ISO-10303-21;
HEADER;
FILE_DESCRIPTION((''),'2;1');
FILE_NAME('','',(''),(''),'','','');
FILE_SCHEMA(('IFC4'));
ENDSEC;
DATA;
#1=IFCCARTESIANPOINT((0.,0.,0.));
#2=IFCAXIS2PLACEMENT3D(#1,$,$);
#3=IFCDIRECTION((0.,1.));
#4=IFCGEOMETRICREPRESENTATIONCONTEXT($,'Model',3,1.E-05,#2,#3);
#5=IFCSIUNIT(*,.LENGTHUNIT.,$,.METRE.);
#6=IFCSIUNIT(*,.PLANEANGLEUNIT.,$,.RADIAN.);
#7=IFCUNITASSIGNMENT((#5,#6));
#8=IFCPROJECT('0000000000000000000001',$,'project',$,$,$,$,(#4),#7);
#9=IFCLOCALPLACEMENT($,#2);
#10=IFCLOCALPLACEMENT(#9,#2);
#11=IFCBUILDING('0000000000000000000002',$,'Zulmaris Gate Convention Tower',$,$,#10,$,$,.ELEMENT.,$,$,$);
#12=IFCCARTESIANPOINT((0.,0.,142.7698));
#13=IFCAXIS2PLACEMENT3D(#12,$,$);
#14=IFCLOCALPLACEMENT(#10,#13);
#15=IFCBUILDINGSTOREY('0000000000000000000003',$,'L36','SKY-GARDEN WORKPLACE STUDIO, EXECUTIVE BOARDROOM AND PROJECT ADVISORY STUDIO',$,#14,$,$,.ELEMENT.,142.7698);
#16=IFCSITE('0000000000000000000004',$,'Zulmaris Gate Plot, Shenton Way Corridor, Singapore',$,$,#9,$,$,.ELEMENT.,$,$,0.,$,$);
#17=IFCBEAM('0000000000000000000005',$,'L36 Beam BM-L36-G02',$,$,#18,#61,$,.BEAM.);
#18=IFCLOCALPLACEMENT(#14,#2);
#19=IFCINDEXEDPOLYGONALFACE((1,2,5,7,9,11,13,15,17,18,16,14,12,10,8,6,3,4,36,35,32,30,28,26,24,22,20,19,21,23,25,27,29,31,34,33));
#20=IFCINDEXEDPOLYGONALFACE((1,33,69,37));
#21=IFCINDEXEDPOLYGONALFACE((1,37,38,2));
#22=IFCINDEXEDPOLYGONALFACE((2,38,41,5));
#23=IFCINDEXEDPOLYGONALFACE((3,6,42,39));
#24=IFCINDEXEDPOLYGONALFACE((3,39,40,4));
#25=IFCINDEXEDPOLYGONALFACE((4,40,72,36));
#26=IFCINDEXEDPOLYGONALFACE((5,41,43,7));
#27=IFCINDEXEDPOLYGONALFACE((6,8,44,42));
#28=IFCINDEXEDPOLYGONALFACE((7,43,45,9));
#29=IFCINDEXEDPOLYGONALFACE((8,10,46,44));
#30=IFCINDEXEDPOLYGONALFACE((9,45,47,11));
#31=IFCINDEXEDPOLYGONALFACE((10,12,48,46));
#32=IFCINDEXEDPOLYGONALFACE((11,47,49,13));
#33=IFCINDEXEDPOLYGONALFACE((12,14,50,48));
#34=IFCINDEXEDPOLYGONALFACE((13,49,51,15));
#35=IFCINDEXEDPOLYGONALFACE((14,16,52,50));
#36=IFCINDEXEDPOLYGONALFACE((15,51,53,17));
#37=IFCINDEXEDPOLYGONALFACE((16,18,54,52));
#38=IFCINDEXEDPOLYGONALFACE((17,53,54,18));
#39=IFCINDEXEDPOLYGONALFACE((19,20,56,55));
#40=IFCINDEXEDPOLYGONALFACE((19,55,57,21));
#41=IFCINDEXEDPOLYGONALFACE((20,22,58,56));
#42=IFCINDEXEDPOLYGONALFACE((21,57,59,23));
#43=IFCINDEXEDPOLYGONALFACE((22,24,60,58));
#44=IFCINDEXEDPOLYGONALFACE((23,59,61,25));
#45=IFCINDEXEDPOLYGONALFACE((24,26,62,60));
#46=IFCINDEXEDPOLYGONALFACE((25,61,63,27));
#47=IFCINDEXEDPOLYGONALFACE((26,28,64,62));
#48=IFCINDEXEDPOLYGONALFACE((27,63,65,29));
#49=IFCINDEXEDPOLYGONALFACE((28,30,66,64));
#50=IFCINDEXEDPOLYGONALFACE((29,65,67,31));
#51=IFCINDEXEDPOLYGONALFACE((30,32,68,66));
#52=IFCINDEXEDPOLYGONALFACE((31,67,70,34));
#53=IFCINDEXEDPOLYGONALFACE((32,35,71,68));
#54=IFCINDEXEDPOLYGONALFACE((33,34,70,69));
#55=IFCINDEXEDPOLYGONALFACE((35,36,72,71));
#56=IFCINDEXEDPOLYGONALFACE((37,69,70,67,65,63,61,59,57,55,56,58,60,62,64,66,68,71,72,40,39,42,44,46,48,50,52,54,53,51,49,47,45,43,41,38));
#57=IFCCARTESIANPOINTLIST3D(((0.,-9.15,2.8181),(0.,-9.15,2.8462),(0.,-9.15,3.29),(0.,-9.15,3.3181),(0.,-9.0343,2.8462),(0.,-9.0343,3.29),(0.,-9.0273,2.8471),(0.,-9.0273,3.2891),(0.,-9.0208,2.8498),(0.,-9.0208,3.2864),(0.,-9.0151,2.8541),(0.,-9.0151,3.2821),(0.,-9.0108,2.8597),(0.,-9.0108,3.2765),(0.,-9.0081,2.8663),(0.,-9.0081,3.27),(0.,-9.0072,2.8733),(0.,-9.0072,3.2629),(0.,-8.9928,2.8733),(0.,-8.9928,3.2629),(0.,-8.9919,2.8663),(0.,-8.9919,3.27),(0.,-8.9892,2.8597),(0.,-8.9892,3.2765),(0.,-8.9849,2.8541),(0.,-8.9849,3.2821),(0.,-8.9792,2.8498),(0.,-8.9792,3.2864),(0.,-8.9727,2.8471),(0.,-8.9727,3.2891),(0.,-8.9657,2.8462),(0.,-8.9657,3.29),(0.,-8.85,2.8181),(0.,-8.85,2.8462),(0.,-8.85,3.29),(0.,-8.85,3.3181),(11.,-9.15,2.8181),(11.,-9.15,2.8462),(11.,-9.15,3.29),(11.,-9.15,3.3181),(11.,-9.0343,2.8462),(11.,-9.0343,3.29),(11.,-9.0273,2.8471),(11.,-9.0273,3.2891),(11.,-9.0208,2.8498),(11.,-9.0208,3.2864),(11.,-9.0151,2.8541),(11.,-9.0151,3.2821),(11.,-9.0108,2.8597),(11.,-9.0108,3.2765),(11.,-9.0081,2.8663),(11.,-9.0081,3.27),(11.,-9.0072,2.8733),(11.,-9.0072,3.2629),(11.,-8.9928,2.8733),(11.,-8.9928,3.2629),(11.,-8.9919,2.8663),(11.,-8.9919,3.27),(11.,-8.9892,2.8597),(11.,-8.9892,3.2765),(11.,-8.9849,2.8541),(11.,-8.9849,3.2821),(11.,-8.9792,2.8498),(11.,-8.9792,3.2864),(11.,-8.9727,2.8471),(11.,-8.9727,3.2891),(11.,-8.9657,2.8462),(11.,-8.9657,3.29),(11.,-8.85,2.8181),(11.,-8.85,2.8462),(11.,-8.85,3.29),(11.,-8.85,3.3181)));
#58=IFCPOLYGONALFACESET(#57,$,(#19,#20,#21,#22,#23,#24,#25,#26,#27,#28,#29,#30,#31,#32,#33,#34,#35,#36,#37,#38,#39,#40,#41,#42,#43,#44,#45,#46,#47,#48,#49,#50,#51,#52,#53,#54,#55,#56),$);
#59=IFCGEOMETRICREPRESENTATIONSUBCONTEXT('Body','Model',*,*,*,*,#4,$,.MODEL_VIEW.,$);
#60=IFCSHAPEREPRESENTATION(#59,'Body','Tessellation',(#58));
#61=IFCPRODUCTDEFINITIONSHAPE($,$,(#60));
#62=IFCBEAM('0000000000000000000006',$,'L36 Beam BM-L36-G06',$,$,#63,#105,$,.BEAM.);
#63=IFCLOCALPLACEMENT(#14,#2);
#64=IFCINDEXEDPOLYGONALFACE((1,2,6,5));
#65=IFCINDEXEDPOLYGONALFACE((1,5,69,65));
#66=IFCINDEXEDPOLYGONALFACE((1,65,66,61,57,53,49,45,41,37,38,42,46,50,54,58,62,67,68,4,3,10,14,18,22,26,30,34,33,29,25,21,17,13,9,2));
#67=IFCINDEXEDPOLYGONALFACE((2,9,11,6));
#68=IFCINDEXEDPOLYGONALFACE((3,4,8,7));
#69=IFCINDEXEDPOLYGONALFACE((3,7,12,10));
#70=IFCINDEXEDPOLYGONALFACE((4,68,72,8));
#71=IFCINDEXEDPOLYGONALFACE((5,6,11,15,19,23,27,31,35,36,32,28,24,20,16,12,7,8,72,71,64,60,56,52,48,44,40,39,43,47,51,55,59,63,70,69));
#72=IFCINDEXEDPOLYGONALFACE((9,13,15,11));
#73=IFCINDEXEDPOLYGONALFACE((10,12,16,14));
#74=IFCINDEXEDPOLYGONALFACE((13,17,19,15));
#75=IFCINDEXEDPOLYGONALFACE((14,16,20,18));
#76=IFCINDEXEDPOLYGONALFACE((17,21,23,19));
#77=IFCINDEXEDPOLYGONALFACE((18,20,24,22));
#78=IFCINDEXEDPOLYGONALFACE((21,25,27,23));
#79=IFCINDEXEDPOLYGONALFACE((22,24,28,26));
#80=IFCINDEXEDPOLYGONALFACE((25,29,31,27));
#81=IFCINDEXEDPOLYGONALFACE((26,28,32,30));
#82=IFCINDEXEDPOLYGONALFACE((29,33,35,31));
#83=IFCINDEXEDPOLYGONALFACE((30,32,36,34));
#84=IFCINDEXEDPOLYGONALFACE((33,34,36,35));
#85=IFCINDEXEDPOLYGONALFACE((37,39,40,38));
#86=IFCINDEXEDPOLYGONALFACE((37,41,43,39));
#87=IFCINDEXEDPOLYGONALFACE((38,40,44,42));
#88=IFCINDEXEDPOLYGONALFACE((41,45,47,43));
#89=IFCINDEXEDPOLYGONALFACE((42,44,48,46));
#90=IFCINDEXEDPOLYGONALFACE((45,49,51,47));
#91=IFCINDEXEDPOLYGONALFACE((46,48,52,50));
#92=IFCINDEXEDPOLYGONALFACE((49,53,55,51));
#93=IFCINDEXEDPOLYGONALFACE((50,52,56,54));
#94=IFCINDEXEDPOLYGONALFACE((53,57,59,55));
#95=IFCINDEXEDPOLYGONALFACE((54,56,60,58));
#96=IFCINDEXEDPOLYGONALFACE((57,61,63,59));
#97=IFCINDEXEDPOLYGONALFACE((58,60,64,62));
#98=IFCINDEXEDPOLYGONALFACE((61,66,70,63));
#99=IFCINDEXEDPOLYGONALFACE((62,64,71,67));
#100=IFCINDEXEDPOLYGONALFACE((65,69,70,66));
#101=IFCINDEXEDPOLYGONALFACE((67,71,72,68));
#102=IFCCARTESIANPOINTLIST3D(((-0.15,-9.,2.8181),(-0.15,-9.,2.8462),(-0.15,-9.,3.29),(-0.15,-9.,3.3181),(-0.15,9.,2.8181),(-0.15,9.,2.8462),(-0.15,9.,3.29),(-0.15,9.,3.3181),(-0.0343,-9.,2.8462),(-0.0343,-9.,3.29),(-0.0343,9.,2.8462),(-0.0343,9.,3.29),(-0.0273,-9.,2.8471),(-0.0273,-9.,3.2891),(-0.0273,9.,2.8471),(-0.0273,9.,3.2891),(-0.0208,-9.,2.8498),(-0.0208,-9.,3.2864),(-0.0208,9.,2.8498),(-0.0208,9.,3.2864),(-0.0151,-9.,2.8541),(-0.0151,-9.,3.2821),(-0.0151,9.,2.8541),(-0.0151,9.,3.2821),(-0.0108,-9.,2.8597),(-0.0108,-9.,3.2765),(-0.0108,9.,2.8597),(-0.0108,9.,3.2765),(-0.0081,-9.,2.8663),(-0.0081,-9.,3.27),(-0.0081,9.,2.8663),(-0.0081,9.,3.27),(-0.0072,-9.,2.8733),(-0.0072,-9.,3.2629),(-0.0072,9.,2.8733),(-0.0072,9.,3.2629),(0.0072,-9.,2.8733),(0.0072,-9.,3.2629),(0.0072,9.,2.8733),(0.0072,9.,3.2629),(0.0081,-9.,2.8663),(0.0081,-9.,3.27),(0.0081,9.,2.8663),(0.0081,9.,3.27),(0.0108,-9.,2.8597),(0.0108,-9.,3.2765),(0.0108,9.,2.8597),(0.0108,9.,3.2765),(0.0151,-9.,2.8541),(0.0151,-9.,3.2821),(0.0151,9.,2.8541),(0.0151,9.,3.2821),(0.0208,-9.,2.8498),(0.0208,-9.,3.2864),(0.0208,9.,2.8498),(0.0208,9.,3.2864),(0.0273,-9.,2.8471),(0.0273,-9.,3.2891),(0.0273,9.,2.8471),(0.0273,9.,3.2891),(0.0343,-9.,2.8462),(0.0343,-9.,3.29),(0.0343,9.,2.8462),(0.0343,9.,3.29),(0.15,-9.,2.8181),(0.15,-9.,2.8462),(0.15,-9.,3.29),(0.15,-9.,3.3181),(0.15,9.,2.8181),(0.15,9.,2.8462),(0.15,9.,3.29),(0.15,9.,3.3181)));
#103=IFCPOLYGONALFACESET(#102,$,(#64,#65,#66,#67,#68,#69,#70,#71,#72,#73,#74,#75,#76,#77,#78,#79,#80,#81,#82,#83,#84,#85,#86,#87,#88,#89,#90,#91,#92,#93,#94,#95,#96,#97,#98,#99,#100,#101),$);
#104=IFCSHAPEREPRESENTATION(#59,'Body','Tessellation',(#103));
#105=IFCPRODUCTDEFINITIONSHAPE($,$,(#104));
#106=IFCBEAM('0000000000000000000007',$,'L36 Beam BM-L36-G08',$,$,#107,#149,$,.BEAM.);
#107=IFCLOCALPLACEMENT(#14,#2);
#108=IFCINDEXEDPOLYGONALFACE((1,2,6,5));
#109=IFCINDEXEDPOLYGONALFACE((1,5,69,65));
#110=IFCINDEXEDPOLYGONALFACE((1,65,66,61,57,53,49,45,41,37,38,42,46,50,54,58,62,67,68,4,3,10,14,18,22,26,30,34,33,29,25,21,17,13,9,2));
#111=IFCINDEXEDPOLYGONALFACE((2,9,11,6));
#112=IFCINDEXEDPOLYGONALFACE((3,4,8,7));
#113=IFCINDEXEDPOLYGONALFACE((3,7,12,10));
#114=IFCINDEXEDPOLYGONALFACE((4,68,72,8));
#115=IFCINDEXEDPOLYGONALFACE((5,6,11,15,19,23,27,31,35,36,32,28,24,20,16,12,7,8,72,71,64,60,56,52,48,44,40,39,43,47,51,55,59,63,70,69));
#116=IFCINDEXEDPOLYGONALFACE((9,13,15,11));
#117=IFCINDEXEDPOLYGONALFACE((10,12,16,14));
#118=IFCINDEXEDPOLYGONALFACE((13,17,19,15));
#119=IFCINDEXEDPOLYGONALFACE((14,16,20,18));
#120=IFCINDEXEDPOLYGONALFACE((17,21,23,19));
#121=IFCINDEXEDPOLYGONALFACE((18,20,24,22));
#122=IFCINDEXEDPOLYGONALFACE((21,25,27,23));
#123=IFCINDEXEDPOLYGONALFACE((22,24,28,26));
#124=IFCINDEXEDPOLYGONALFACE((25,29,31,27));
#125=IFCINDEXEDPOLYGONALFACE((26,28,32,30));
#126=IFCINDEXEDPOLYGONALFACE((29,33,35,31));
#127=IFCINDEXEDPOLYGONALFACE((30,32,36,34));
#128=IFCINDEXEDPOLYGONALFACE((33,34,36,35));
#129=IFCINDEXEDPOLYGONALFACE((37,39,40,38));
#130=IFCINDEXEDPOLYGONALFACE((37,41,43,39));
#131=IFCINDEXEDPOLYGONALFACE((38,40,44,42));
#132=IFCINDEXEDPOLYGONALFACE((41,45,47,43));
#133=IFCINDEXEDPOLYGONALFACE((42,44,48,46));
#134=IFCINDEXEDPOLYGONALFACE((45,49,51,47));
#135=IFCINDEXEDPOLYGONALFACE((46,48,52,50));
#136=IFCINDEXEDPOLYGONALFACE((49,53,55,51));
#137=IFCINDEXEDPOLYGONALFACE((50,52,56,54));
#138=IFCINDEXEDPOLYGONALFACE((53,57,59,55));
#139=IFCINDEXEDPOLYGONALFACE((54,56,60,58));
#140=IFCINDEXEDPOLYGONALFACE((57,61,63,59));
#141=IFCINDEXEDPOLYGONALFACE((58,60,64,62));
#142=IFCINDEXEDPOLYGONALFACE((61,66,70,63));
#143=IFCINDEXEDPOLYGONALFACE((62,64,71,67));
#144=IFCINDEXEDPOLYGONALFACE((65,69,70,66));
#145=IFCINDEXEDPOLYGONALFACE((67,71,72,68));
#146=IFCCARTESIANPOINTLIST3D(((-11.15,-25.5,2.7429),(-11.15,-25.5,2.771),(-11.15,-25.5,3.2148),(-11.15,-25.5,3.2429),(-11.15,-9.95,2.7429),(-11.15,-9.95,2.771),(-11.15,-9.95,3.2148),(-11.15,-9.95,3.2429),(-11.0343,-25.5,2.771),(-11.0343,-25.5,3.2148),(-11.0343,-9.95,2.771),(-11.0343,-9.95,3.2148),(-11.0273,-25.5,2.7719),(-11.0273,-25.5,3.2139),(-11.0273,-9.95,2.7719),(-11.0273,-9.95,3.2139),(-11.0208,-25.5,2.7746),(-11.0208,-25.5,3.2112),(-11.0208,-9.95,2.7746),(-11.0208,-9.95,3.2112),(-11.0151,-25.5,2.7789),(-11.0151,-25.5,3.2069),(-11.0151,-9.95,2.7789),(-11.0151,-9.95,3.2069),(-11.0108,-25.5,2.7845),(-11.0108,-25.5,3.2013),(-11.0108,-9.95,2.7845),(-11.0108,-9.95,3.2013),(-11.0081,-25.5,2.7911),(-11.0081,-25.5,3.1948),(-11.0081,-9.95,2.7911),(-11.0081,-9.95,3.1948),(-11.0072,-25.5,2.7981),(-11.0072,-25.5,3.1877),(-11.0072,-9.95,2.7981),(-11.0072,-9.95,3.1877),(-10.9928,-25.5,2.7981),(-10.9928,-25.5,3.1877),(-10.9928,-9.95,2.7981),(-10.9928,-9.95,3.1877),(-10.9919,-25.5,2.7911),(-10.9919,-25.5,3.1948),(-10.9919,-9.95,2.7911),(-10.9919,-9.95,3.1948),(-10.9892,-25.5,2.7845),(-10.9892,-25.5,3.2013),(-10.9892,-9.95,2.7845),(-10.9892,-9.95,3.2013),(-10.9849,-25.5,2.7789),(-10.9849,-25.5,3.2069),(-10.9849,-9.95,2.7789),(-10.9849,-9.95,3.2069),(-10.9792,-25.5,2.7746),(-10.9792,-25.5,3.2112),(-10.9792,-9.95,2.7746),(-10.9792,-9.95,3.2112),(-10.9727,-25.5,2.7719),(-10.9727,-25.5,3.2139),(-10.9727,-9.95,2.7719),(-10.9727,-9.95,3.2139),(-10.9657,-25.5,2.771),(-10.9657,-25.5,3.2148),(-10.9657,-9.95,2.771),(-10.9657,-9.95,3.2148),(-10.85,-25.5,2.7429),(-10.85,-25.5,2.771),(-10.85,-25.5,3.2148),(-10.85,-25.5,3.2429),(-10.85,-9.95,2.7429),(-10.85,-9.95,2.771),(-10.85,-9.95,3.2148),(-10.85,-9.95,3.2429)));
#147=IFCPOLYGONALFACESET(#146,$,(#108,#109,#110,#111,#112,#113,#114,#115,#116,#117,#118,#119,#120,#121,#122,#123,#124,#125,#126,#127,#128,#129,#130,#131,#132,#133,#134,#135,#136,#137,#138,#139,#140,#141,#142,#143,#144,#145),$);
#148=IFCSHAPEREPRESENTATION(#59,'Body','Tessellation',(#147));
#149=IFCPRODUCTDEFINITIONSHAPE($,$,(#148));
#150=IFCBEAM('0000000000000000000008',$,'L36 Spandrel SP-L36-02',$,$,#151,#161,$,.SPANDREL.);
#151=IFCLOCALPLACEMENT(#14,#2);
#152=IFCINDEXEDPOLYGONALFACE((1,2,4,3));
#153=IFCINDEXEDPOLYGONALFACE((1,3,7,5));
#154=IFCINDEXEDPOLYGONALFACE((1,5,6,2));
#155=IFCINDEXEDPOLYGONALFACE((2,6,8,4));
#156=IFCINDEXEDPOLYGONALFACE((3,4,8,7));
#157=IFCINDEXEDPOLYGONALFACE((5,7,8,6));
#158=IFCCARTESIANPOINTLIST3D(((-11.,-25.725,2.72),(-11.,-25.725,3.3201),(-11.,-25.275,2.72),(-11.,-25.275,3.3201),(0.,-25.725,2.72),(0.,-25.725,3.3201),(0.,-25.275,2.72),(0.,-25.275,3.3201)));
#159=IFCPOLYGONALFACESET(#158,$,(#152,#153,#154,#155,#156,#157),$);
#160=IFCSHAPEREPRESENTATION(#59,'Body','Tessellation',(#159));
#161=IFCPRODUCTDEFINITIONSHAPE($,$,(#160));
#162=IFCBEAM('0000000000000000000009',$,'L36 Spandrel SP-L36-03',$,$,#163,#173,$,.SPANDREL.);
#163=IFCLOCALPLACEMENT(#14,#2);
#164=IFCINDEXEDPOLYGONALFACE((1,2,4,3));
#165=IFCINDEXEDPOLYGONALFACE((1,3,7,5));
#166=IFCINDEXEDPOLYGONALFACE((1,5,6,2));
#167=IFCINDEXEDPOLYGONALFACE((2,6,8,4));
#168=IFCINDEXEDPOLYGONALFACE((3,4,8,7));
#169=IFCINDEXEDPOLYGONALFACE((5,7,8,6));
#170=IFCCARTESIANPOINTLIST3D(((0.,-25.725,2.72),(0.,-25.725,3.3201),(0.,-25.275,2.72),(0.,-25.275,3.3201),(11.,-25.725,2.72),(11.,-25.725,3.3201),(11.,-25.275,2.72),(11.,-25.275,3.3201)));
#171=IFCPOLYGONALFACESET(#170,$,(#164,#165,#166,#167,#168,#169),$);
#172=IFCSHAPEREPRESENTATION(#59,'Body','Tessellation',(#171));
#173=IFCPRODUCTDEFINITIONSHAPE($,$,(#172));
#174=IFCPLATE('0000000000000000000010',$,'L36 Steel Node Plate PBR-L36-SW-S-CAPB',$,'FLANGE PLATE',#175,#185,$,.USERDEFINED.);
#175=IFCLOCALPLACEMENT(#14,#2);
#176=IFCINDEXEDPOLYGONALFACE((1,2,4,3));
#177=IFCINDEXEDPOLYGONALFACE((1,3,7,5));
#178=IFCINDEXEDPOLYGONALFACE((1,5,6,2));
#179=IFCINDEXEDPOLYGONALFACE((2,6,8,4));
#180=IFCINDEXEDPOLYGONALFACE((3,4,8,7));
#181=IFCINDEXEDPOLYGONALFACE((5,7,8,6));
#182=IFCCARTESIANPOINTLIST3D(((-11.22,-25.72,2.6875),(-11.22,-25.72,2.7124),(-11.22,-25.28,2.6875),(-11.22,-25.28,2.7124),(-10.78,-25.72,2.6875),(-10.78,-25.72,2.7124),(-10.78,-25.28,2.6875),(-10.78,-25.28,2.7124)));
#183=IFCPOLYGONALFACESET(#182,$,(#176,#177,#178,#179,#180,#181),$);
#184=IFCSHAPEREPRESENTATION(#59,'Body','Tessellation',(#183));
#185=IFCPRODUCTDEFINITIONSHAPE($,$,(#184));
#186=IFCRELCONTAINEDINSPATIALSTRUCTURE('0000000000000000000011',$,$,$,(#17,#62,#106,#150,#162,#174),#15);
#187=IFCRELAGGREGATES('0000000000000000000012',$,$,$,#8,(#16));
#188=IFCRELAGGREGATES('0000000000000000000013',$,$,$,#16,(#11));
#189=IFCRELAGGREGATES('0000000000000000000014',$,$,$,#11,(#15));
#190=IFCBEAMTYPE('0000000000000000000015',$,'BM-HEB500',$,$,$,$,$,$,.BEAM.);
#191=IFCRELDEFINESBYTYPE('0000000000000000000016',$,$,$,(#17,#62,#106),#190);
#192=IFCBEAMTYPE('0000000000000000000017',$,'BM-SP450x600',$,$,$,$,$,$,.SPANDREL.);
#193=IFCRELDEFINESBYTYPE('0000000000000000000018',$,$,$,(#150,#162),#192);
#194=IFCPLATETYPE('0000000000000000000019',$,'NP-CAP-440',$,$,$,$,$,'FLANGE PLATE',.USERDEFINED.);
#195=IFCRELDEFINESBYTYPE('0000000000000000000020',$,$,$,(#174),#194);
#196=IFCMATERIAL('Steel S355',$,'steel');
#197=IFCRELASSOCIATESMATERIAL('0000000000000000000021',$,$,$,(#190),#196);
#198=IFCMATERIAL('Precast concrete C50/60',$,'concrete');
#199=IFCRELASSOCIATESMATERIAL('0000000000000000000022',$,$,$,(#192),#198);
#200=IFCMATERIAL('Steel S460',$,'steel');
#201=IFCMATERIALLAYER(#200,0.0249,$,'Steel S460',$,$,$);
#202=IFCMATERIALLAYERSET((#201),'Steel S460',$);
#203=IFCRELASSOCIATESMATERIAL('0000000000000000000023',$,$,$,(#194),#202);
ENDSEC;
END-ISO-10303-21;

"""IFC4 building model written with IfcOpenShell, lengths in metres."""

from ifc_helpers import new_model, si_unit, direction, frame, origin, origin_2d, place, context, subcontext, project, spatial, rectangle, i_section, extrude, material, layer, layer_set, material_profile, profile_set, type_object, element, save


model = new_model("IFC4")

# Units and contexts
model_context = context("Model", 3, precision=1e-05, world=origin(), true_north=direction((0.0, 1.0)))
body_context = subcontext(model_context, "Body", "Model", "MODEL_VIEW")
ifc_project = project(units=[si_unit("LENGTHUNIT", "METRE"), si_unit("PLANEANGLEUNIT", "RADIAN")], contexts=[model_context])

# Site, building, storey
site_placement = place(None, origin())
site = spatial("IfcSite", under=ifc_project, at=site_placement, Name="Zulmaris Gate Plot, Shenton Way Corridor, Singapore", CompositionType="ELEMENT", RefElevation=0.0)
building_placement = place(site_placement, origin())
building = spatial("IfcBuilding", under=site, at=building_placement, Name="Zulmaris Gate Convention Tower", CompositionType="ELEMENT")
storey_placement = place(building_placement, frame((0.0, 0.0, 142.7698)))
storey = spatial("IfcBuildingStorey", under=building, at=storey_placement, Name="L36", Description="SKY-GARDEN WORKPLACE STUDIO, EXECUTIVE BOARDROOM AND PROJECT ADVISORY STUDIO", CompositionType="ELEMENT", Elevation=142.7698)

# Beams
ifc_material_1 = material(Name="Steel S355", Category="steel")
ifc_material_profile_1 = material_profile(ifc_material_1, i_section(OverallWidth=0.3, OverallDepth=0.5, WebThickness=0.0144, FlangeThickness=0.0281, FilletRadius=0.0271, at=origin_2d()), Name="HEB 500")
ifc_profile_set_1 = profile_set([ifc_material_profile_1], Name="Steel S355")
beam_type_1 = type_object("IfcBeamType", Name="BM-HEB500", PredefinedType="BEAM", material=ifc_profile_set_1)
for number, where, z_axis, x_axis, name in (
    (1, (0.0, -9.0, 3.0681), (1.0, 0.0, 0.0), (0.0, 1.0, 0.0), "L36 Beam BM-L36-G02"),
):
    element("IfcBeam", number, at=place(storey_placement, frame(where, z_axis=z_axis, x_axis=x_axis)), inside=storey, type_object=beam_type_1, Name=name, PredefinedType="BEAM", context=body_context, shape_type="SweptSolid", body=[
        extrude(i_section(OverallWidth=0.3, OverallDepth=0.5, WebThickness=0.0144, FlangeThickness=0.0281, FilletRadius=0.0271, at=origin_2d()), origin(), (0.0, 0.0, 1.0), 11.0),
    ])
beam_1_placement = place(storey_placement, frame((0.0, -9.0, 3.0681), z_axis=(0.0, 1.0, 0.0), x_axis=(-1.0, 0.0, 0.0)))
element("IfcBeam", 2, at=beam_1_placement, inside=storey, type_object=beam_type_1, Name="L36 Beam BM-L36-G06", PredefinedType="BEAM", context=body_context, shape_type="SweptSolid", body=[
    extrude(i_section(OverallWidth=0.3, OverallDepth=0.5, WebThickness=0.0144, FlangeThickness=0.0281, FilletRadius=0.0271, at=origin_2d()), origin(), (0.0, 0.0, 1.0), 18.0),
])
beam_2_placement = place(storey_placement, frame((-11.0, -25.5, 2.9929), z_axis=(0.0, 1.0, 0.0), x_axis=(-1.0, 0.0, 0.0)))
element("IfcBeam", 3, at=beam_2_placement, inside=storey, type_object=beam_type_1, Name="L36 Beam BM-L36-G08", PredefinedType="BEAM", context=body_context, shape_type="SweptSolid", body=[
    extrude(i_section(OverallWidth=0.3, OverallDepth=0.5, WebThickness=0.0144, FlangeThickness=0.0281, FilletRadius=0.0271, at=origin_2d()), origin(), (0.0, 0.0, 1.0), 15.55),
])
ifc_material_2 = material(Name="Precast concrete C50/60", Category="concrete")
ifc_material_profile_2 = material_profile(ifc_material_2, rectangle(XDim=0.45, YDim=0.6001, at=origin_2d()), Name="RC SPANDREL 450x600")
ifc_profile_set_2 = profile_set([ifc_material_profile_2], Name="Precast concrete C50/60")
beam_type_2 = type_object("IfcBeamType", Name="BM-SP450x600", PredefinedType="SPANDREL", material=ifc_profile_set_2)
for number, where, z_axis, x_axis, name in (
    (4, (-11.0, -25.5, 3.02), (1.0, 0.0, 0.0), (0.0, 1.0, 0.0), "L36 Spandrel SP-L36-02"),
    (5, (0.0, -25.5, 3.02), (1.0, 0.0, 0.0), (0.0, 1.0, 0.0), "L36 Spandrel SP-L36-03"),
):
    element("IfcBeam", number, at=place(storey_placement, frame(where, z_axis=z_axis, x_axis=x_axis)), inside=storey, type_object=beam_type_2, Name=name, PredefinedType="SPANDREL", context=body_context, shape_type="SweptSolid", body=[
        extrude(rectangle(XDim=0.45, YDim=0.6001, at=origin_2d()), origin(), (0.0, 0.0, 1.0), 11.0),
    ])

# Plate
ifc_material_3 = material(Name="Steel S460", Category="steel")
ifc_layer_1 = layer(ifc_material_3, 0.0249, Name="Steel S460")
ifc_layer_set_1 = layer_set([ifc_layer_1], Name="Steel S460")
plate_type = type_object("IfcPlateType", Name="NP-CAP-440", ElementType="FLANGE PLATE", PredefinedType="USERDEFINED", material=ifc_layer_set_1)
plate_placement = place(storey_placement, frame((-11.0, -25.5, 2.6875), z_axis=(0.0, 0.0, 1.0), x_axis=(1.0, 0.0, 0.0)))
element("IfcPlate", 6, at=plate_placement, inside=storey, type_object=plate_type, Name="L36 Steel Node Plate PBR-L36-SW-S-CAPB", ObjectType="FLANGE PLATE", PredefinedType="USERDEFINED", context=body_context, shape_type="SweptSolid", body=[
    extrude(rectangle(XDim=0.4399, YDim=0.4399, at=origin_2d()), origin(), (0.0, 0.0, 1.0), 0.0249),
])

save(model, "model.ifc")
